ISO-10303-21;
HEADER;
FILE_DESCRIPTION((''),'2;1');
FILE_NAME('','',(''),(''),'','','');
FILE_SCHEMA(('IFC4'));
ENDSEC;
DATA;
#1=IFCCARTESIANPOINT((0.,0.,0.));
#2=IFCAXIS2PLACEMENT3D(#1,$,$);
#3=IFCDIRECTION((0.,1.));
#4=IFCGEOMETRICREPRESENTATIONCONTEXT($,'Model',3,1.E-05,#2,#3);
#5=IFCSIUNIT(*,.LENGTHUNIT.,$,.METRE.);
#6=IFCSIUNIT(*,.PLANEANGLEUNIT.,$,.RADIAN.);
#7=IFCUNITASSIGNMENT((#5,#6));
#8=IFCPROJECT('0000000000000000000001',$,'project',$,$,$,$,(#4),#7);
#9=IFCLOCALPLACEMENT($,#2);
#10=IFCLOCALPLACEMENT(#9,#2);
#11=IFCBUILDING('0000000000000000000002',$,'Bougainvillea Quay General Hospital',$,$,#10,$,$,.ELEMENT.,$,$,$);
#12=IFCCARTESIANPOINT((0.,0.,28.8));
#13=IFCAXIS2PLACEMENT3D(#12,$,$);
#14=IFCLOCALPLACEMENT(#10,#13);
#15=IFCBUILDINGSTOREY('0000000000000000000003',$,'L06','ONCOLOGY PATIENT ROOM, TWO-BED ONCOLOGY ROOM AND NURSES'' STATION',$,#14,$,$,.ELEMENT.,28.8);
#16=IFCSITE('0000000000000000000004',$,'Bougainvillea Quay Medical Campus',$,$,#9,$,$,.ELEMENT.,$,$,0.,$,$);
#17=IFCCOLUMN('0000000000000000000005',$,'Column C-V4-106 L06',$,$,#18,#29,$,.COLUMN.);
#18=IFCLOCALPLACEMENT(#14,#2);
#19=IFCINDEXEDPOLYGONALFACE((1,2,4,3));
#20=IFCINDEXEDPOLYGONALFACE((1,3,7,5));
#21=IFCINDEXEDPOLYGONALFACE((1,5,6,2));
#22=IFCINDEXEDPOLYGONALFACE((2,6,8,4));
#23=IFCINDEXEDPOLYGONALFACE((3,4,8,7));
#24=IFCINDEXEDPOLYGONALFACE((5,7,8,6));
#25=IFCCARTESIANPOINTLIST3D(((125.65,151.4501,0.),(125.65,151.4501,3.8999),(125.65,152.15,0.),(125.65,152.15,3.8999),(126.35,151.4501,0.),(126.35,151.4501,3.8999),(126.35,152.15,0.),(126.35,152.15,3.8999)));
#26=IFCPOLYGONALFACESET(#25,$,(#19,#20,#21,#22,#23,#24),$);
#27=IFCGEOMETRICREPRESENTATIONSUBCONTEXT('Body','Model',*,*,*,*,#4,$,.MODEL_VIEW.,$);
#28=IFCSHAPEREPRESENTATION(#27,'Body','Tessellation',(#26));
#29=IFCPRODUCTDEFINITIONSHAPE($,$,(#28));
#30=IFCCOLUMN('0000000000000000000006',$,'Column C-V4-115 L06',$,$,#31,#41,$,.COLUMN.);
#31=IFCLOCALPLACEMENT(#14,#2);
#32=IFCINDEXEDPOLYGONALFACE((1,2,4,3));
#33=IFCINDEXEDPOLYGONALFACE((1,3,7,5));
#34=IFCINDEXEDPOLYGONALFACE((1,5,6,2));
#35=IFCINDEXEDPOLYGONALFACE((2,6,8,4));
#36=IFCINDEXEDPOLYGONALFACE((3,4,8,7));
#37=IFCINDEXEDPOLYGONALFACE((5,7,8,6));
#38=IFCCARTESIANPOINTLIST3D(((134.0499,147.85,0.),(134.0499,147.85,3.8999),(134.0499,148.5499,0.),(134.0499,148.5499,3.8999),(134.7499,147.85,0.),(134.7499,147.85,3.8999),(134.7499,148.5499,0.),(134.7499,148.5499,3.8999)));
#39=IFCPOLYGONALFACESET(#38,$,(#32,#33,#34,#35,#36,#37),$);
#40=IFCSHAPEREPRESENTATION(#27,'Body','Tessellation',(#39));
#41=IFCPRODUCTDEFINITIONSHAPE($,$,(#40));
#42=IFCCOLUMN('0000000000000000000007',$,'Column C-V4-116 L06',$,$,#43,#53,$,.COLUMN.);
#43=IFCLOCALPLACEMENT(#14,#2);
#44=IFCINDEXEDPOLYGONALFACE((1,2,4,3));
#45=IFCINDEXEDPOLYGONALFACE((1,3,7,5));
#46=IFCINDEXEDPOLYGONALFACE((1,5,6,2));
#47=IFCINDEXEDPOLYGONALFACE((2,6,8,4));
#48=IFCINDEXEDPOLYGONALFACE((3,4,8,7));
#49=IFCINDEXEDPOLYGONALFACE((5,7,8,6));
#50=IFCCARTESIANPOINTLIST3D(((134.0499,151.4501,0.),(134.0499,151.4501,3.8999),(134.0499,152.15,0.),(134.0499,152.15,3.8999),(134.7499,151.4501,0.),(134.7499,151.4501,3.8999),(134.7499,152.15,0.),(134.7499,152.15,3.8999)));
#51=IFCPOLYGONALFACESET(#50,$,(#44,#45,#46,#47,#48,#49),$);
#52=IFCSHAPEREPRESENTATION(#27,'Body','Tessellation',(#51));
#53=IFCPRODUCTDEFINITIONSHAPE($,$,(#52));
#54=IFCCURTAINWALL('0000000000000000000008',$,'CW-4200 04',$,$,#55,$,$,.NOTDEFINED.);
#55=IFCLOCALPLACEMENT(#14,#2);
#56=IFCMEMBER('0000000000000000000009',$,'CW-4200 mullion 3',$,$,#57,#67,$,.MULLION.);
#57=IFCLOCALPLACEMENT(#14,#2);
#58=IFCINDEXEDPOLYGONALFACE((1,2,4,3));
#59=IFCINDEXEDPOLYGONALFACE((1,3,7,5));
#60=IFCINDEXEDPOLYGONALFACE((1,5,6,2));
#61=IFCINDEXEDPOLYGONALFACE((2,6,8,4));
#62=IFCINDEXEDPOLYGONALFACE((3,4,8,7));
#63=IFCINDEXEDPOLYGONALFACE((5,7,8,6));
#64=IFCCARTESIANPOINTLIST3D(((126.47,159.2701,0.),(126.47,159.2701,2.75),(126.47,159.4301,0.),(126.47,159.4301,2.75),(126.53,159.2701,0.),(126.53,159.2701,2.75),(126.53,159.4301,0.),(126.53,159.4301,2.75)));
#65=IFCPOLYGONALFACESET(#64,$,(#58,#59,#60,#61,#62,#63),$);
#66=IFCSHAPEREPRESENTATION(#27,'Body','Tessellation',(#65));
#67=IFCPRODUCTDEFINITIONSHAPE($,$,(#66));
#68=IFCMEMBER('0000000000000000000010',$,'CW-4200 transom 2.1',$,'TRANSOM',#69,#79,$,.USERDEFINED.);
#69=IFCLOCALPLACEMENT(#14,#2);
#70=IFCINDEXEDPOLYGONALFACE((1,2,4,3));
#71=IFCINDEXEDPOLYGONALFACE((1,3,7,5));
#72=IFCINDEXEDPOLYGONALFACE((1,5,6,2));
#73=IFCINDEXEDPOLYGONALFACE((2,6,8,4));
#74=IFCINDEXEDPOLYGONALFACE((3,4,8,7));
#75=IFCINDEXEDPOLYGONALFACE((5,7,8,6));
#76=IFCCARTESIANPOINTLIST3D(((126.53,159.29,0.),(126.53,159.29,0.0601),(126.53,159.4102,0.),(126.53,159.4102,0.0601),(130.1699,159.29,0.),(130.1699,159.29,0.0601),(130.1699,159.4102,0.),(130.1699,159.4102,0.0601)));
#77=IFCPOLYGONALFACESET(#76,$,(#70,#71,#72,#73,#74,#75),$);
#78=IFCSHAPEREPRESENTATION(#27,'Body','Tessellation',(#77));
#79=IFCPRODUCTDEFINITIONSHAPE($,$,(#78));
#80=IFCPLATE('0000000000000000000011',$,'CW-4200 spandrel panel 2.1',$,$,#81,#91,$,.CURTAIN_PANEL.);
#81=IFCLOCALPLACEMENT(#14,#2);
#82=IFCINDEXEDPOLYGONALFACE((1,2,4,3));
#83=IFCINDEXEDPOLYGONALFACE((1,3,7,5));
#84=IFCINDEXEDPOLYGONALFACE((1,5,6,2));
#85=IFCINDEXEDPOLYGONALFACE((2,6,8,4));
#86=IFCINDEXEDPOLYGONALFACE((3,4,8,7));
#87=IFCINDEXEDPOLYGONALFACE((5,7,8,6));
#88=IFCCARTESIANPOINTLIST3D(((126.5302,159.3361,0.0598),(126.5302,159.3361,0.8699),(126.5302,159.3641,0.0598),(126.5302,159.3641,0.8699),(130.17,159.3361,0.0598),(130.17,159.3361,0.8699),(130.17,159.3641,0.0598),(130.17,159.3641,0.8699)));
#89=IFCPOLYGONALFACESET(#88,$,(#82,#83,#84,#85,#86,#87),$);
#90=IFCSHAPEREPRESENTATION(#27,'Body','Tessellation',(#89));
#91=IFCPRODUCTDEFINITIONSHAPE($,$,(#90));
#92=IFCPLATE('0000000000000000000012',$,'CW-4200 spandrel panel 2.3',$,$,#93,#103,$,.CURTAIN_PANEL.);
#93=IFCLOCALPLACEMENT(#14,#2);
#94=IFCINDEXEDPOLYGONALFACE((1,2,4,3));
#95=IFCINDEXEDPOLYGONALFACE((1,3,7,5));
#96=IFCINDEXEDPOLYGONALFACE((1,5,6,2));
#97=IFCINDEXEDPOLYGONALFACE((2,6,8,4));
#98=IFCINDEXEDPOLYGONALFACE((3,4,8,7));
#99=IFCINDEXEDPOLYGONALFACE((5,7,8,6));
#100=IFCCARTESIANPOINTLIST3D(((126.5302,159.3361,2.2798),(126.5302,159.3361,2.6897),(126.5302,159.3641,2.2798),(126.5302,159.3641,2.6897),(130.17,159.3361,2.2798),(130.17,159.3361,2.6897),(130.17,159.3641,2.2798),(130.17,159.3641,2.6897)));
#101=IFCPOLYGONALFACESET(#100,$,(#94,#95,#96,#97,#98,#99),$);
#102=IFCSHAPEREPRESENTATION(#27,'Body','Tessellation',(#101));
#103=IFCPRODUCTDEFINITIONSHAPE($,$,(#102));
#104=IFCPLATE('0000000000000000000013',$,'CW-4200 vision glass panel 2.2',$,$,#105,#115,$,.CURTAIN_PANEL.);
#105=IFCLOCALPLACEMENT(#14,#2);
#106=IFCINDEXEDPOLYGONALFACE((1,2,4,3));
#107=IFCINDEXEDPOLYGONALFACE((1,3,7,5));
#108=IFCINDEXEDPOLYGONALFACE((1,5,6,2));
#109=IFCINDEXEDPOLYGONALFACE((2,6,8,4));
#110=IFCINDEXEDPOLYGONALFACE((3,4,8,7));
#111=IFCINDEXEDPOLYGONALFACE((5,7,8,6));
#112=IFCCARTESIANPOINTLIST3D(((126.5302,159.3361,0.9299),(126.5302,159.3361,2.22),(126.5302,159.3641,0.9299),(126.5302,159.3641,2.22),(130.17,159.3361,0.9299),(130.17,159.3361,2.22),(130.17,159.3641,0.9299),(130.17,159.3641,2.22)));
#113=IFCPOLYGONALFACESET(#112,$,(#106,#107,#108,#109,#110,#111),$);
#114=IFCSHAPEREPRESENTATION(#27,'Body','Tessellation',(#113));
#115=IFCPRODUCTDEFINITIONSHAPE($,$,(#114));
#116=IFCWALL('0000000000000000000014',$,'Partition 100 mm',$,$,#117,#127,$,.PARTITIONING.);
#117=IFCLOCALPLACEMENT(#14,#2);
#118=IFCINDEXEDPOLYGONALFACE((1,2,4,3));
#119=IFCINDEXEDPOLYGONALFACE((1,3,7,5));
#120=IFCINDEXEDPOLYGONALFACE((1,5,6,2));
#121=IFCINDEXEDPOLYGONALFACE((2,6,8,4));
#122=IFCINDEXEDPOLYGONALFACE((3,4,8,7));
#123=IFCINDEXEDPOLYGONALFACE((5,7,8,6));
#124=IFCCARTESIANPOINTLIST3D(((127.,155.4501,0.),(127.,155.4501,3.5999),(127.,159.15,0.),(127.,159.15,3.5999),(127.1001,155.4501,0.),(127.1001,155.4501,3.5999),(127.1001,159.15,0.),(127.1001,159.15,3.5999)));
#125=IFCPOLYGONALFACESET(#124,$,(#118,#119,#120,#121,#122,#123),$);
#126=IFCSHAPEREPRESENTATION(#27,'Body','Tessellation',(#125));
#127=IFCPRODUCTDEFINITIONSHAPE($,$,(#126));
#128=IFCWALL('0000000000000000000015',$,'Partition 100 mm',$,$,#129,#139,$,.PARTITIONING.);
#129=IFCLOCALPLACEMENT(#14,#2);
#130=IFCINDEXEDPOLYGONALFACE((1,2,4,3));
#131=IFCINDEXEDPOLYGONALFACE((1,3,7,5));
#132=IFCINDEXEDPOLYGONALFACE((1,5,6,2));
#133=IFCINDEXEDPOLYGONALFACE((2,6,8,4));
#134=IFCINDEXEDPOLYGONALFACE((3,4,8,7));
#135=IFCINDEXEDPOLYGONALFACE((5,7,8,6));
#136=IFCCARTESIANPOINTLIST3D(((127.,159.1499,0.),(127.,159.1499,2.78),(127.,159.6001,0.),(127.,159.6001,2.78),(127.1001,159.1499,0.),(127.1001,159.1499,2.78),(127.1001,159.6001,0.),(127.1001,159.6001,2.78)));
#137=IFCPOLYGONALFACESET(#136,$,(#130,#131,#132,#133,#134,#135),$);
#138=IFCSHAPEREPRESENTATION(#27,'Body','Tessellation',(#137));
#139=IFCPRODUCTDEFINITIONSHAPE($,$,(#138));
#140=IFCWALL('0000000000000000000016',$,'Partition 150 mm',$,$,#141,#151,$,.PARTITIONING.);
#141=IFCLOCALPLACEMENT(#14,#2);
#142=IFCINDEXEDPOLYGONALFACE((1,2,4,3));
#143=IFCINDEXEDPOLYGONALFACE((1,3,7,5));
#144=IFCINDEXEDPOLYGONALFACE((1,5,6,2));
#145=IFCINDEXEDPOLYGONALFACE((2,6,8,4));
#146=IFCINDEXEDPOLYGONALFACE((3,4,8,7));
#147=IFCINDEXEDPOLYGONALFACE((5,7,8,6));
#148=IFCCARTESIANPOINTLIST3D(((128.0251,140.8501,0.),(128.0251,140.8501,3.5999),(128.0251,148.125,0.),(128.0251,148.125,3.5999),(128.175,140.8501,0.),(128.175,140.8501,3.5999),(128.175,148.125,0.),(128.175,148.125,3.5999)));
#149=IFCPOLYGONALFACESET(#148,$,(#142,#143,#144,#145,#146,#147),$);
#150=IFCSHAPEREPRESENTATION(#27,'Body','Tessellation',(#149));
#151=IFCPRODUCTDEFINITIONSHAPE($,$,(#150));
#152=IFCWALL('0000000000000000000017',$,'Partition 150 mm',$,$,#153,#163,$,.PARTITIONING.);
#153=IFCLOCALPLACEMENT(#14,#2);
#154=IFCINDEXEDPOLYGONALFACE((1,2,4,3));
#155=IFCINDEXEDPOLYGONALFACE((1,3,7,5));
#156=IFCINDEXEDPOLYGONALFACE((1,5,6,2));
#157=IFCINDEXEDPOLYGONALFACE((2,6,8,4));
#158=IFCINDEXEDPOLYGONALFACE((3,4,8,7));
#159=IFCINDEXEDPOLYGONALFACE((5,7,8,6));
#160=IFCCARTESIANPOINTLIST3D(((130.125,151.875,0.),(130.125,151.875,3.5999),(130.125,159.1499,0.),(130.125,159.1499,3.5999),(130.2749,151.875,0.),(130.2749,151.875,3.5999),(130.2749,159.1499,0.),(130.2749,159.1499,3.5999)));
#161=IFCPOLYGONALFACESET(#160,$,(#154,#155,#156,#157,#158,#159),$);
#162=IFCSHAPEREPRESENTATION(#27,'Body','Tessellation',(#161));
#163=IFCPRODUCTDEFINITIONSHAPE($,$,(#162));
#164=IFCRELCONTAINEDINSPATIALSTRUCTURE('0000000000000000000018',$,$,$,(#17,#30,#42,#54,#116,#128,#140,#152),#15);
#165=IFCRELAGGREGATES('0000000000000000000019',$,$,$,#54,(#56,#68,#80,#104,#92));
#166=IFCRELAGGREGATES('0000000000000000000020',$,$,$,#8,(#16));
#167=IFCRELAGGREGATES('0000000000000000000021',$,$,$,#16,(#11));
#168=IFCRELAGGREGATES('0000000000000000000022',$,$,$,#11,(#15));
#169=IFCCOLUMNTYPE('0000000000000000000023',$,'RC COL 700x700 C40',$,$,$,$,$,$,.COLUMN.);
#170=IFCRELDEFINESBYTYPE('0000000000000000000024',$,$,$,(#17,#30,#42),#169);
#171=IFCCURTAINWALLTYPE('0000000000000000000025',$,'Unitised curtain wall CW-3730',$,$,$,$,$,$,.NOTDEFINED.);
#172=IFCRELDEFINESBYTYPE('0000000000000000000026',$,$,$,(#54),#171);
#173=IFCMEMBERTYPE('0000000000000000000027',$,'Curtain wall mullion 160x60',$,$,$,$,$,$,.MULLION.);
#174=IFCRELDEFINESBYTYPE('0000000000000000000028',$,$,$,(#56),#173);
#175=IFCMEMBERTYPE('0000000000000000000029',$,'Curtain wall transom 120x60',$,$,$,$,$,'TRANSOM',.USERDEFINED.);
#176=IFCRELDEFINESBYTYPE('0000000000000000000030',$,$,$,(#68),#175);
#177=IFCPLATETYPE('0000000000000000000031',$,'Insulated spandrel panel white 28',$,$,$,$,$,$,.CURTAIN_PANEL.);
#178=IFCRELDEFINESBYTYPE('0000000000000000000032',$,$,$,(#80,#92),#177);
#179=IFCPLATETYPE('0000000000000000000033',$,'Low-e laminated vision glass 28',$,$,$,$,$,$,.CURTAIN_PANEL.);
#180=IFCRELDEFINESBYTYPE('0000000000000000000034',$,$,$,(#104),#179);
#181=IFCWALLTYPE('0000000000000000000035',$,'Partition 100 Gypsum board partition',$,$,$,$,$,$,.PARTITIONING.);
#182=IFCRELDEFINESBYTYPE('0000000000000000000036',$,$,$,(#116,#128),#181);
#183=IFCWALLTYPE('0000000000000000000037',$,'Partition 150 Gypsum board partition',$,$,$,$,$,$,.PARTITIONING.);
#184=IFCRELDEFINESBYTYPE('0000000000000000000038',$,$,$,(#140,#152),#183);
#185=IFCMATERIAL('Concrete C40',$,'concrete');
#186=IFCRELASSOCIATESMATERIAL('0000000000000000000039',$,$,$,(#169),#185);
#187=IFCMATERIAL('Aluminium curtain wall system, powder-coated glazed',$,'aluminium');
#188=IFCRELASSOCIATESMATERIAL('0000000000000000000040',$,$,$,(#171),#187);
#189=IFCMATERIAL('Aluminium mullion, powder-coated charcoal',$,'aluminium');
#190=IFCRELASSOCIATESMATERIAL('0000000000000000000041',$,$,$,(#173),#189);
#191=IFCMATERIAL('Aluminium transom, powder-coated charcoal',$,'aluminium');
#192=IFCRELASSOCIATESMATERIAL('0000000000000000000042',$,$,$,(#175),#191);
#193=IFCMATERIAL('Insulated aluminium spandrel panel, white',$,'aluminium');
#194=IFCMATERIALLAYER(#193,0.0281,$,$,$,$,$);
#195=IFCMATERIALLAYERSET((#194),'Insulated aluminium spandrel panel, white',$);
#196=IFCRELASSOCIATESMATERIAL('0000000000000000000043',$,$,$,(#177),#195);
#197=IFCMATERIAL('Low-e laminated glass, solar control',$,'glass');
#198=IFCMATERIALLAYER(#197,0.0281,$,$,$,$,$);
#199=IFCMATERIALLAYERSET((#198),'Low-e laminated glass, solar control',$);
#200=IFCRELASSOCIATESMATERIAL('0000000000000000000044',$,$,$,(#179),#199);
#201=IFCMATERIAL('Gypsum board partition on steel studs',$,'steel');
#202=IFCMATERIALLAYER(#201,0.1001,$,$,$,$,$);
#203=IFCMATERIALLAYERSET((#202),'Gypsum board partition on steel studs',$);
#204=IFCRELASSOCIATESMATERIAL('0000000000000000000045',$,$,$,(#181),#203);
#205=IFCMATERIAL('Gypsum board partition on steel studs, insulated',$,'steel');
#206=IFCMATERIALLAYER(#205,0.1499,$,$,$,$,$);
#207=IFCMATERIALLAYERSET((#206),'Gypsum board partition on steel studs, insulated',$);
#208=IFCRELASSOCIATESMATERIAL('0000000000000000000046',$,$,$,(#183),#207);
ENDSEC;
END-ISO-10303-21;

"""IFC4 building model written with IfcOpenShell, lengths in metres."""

from ifc_helpers import new_model, si_unit, direction, frame, frame_2d, origin, origin_2d, place, context, subcontext, project, spatial, rectangle, extrude, material, layer, layer_set, material_profile, profile_set, type_object, element, aggregate, save


model = new_model("IFC4")

# Units and contexts
model_context = context("Model", 3, precision=1e-05, world=origin(), true_north=direction((0.0, 1.0)))
body_context = subcontext(model_context, "Body", "Model", "MODEL_VIEW")
ifc_project = project(units=[si_unit("LENGTHUNIT", "METRE"), si_unit("PLANEANGLEUNIT", "RADIAN")], contexts=[model_context])

# Site, building, storey
site_placement = place(None, origin())
site = spatial("IfcSite", under=ifc_project, at=site_placement, Name="Bougainvillea Quay Medical Campus", CompositionType="ELEMENT", RefElevation=0.0)
building_placement = place(site_placement, origin())
building = spatial("IfcBuilding", under=site, at=building_placement, Name="Bougainvillea Quay General Hospital", CompositionType="ELEMENT")
storey_placement = place(building_placement, frame((0.0, 0.0, 28.8)))
storey = spatial("IfcBuildingStorey", under=building, at=storey_placement, Name="L06", Description="ONCOLOGY PATIENT ROOM, TWO-BED ONCOLOGY ROOM AND NURSES' STATION", CompositionType="ELEMENT", Elevation=28.8)

# Columns
ifc_material_1 = material(Name="Concrete C40", Category="concrete")
ifc_material_profile_1 = material_profile(ifc_material_1, rectangle(XDim=0.7, YDim=0.7, at=origin_2d()))
ifc_profile_set_1 = profile_set([ifc_material_profile_1], Name="Concrete C40")
column_type = type_object("IfcColumnType", Name="RC COL 700x700 C40", PredefinedType="COLUMN", material=ifc_profile_set_1)
for number, where, z_axis, x_axis, name in (
    (1, (126.0, 151.8, 0.0), (0.0, 0.0, 1.0), (1.0, 0.0, 0.0), "Column C-V4-106 L06"),
    (2, (134.3999, 148.2, 0.0), (0.0, 0.0, 1.0), (1.0, 0.0, 0.0), "Column C-V4-115 L06"),
    (3, (134.3999, 151.8, 0.0), (0.0, 0.0, 1.0), (1.0, 0.0, 0.0), "Column C-V4-116 L06"),
):
    element("IfcColumn", number, at=place(storey_placement, frame(where, z_axis=z_axis, x_axis=x_axis)), inside=storey, type_object=column_type, Name=name, PredefinedType="COLUMN", context=body_context, shape_type="SweptSolid", body=[
        extrude(rectangle(XDim=0.7, YDim=0.7, at=origin_2d()), origin(), (0.0, 0.0, 1.0), 3.8999),
    ])

# Curtain wall, members, plates
ifc_material_2 = material(Name="Aluminium curtain wall system, powder-coated glazed", Category="aluminium")
curtain_wall_type = type_object("IfcCurtainWallType", Name="Unitised curtain wall CW-3730", PredefinedType="NOTDEFINED", material=ifc_material_2)
curtain_wall_placement = place(storey_placement, origin())
curtain_wall = element("IfcCurtainWall", 4, at=curtain_wall_placement, inside=storey, type_object=curtain_wall_type, Name="CW-4200 04", PredefinedType="NOTDEFINED")
ifc_material_3 = material(Name="Aluminium mullion, powder-coated charcoal", Category="aluminium")
ifc_material_profile_2 = material_profile(ifc_material_3, rectangle(XDim=0.1599, YDim=0.0601, at=origin_2d()))
ifc_profile_set_2 = profile_set([ifc_material_profile_2], Name="Aluminium mullion, powder-coated charcoal")
member_type_1 = type_object("IfcMemberType", Name="Curtain wall mullion 160x60", PredefinedType="MULLION", material=ifc_profile_set_2)
member_1_placement = place(storey_placement, frame((126.5, 159.3501, 0.0), z_axis=(0.0, 0.0, 1.0), x_axis=(0.0, -1.0, 0.0)))
member_1 = element("IfcMember", 5, at=member_1_placement, type_object=member_type_1, Name="CW-4200 mullion 3", PredefinedType="MULLION", context=body_context, shape_type="SweptSolid", body=[
    extrude(rectangle(XDim=0.1599, YDim=0.0601, at=origin_2d()), origin(), (0.0, 0.0, 1.0), 2.75),
])
ifc_material_4 = material(Name="Aluminium transom, powder-coated charcoal", Category="aluminium")
ifc_material_profile_3 = material_profile(ifc_material_4, rectangle(XDim=0.1201, YDim=0.0601, at=origin_2d()))
ifc_profile_set_3 = profile_set([ifc_material_profile_3], Name="Aluminium transom, powder-coated charcoal")
member_type_2 = type_object("IfcMemberType", Name="Curtain wall transom 120x60", ElementType="TRANSOM", PredefinedType="USERDEFINED", material=ifc_profile_set_3)
member_2_placement = place(storey_placement, frame((130.1699, 159.3501, 0.03), z_axis=(-1.0, 0.0, 0.0), x_axis=(0.0, -1.0, 0.0)))
member_2 = element("IfcMember", 6, at=member_2_placement, type_object=member_type_2, Name="CW-4200 transom 2.1", ObjectType="TRANSOM", PredefinedType="USERDEFINED", context=body_context, shape_type="SweptSolid", body=[
    extrude(rectangle(XDim=0.1201, YDim=0.0601, at=origin_2d()), origin(), (0.0, 0.0, 1.0), 3.6399),
])
ifc_material_5 = material(Name="Insulated aluminium spandrel panel, white", Category="aluminium")
ifc_layer_1 = layer(ifc_material_5, 0.0281)
ifc_layer_set_1 = layer_set([ifc_layer_1], Name="Insulated aluminium spandrel panel, white")
plate_type_1 = type_object("IfcPlateType", Name="Insulated spandrel panel white 28", PredefinedType="CURTAIN_PANEL", material=ifc_layer_set_1)
plate_1_placement = place(storey_placement, frame((128.3501, 159.3501, 0.0598), z_axis=(0.0, 0.0, 1.0), x_axis=(-1.0, 0.0, 0.0)))
plate_1 = element("IfcPlate", 7, at=plate_1_placement, type_object=plate_type_1, Name="CW-4200 spandrel panel 2.1", PredefinedType="CURTAIN_PANEL", context=body_context, shape_type="SweptSolid", body=[
    extrude(rectangle(XDim=3.6399, YDim=0.0281, at=origin_2d()), origin(), (0.0, 0.0, 1.0), 0.8101),
])
plate_2_placement = place(storey_placement, frame((128.3501, 159.3501, 2.2798), z_axis=(0.0, 0.0, 1.0), x_axis=(-1.0, 0.0, 0.0)))
plate_2 = element("IfcPlate", 8, at=plate_2_placement, type_object=plate_type_1, Name="CW-4200 spandrel panel 2.3", PredefinedType="CURTAIN_PANEL", context=body_context, shape_type="SweptSolid", body=[
    extrude(rectangle(XDim=3.6399, YDim=0.0281, at=origin_2d()), origin(), (0.0, 0.0, 1.0), 0.4099),
])
ifc_material_6 = material(Name="Low-e laminated glass, solar control", Category="glass")
ifc_layer_2 = layer(ifc_material_6, 0.0281)
ifc_layer_set_2 = layer_set([ifc_layer_2], Name="Low-e laminated glass, solar control")
plate_type_2 = type_object("IfcPlateType", Name="Low-e laminated vision glass 28", PredefinedType="CURTAIN_PANEL", material=ifc_layer_set_2)
plate_3_placement = place(storey_placement, frame((128.3501, 159.3501, 0.9299), z_axis=(0.0, 0.0, 1.0), x_axis=(-1.0, 0.0, 0.0)))
plate_3 = element("IfcPlate", 9, at=plate_3_placement, type_object=plate_type_2, Name="CW-4200 vision glass panel 2.2", PredefinedType="CURTAIN_PANEL", context=body_context, shape_type="SweptSolid", body=[
    extrude(rectangle(XDim=3.6399, YDim=0.0281, at=origin_2d()), origin(), (0.0, 0.0, 1.0), 1.29),
])
aggregate(curtain_wall, [member_1, member_2, plate_1, plate_3, plate_2])

# Walls
ifc_material_7 = material(Name="Gypsum board partition on steel studs", Category="steel")
ifc_layer_3 = layer(ifc_material_7, 0.1001)
ifc_layer_set_3 = layer_set([ifc_layer_3], Name="Gypsum board partition on steel studs")
wall_type_1 = type_object("IfcWallType", Name="Partition 100 Gypsum board partition", PredefinedType="PARTITIONING", material=ifc_layer_set_3)
wall_1_placement = place(storey_placement, frame((127.05, 155.45, 0.0), z_axis=(0.0, 0.0, 1.0), x_axis=(0.0, 1.0, 0.0)))
element("IfcWall", 10, at=wall_1_placement, inside=storey, type_object=wall_type_1, Name="Partition 100 mm", PredefinedType="PARTITIONING", context=body_context, shape_type="SweptSolid", body=[
    extrude(rectangle(XDim=3.7, YDim=0.1001, at=frame_2d((1.8501, 0.0))), origin(), (0.0, 0.0, 1.0), 3.5999),
])
wall_2_placement = place(storey_placement, frame((127.05, 159.1499, 0.0), z_axis=(0.0, 0.0, 1.0), x_axis=(0.0, 1.0, 0.0)))
element("IfcWall", 11, at=wall_2_placement, inside=storey, type_object=wall_type_1, Name="Partition 100 mm", PredefinedType="PARTITIONING", context=body_context, shape_type="SweptSolid", body=[
    extrude(rectangle(XDim=0.4502, YDim=0.1001, at=frame_2d((0.2251, 0.0))), origin(), (0.0, 0.0, 1.0), 2.78),
])
ifc_material_8 = material(Name="Gypsum board partition on steel studs, insulated", Category="steel")
ifc_layer_4 = layer(ifc_material_8, 0.1499)
ifc_layer_set_4 = layer_set([ifc_layer_4], Name="Gypsum board partition on steel studs, insulated")
wall_type_2 = type_object("IfcWallType", Name="Partition 150 Gypsum board partition", PredefinedType="PARTITIONING", material=ifc_layer_set_4)
for number, where, z_axis, x_axis, name in (
    (12, (128.1001, 148.125, 0.0), (0.0, 0.0, 1.0), (0.0, -1.0, 0.0), "Partition 150 mm"),
    (13, (130.2, 159.1499, 0.0), (0.0, 0.0, 1.0), (0.0, -1.0, 0.0), "Partition 150 mm"),
):
    element("IfcWall", number, at=place(storey_placement, frame(where, z_axis=z_axis, x_axis=x_axis)), inside=storey, type_object=wall_type_2, Name=name, PredefinedType="PARTITIONING", context=body_context, shape_type="SweptSolid", body=[
        extrude(rectangle(XDim=7.2749, YDim=0.1499, at=frame_2d((3.6375, 0.0))), origin(), (0.0, 0.0, 1.0), 3.5999),
    ])

save(model, "model.ifc")
